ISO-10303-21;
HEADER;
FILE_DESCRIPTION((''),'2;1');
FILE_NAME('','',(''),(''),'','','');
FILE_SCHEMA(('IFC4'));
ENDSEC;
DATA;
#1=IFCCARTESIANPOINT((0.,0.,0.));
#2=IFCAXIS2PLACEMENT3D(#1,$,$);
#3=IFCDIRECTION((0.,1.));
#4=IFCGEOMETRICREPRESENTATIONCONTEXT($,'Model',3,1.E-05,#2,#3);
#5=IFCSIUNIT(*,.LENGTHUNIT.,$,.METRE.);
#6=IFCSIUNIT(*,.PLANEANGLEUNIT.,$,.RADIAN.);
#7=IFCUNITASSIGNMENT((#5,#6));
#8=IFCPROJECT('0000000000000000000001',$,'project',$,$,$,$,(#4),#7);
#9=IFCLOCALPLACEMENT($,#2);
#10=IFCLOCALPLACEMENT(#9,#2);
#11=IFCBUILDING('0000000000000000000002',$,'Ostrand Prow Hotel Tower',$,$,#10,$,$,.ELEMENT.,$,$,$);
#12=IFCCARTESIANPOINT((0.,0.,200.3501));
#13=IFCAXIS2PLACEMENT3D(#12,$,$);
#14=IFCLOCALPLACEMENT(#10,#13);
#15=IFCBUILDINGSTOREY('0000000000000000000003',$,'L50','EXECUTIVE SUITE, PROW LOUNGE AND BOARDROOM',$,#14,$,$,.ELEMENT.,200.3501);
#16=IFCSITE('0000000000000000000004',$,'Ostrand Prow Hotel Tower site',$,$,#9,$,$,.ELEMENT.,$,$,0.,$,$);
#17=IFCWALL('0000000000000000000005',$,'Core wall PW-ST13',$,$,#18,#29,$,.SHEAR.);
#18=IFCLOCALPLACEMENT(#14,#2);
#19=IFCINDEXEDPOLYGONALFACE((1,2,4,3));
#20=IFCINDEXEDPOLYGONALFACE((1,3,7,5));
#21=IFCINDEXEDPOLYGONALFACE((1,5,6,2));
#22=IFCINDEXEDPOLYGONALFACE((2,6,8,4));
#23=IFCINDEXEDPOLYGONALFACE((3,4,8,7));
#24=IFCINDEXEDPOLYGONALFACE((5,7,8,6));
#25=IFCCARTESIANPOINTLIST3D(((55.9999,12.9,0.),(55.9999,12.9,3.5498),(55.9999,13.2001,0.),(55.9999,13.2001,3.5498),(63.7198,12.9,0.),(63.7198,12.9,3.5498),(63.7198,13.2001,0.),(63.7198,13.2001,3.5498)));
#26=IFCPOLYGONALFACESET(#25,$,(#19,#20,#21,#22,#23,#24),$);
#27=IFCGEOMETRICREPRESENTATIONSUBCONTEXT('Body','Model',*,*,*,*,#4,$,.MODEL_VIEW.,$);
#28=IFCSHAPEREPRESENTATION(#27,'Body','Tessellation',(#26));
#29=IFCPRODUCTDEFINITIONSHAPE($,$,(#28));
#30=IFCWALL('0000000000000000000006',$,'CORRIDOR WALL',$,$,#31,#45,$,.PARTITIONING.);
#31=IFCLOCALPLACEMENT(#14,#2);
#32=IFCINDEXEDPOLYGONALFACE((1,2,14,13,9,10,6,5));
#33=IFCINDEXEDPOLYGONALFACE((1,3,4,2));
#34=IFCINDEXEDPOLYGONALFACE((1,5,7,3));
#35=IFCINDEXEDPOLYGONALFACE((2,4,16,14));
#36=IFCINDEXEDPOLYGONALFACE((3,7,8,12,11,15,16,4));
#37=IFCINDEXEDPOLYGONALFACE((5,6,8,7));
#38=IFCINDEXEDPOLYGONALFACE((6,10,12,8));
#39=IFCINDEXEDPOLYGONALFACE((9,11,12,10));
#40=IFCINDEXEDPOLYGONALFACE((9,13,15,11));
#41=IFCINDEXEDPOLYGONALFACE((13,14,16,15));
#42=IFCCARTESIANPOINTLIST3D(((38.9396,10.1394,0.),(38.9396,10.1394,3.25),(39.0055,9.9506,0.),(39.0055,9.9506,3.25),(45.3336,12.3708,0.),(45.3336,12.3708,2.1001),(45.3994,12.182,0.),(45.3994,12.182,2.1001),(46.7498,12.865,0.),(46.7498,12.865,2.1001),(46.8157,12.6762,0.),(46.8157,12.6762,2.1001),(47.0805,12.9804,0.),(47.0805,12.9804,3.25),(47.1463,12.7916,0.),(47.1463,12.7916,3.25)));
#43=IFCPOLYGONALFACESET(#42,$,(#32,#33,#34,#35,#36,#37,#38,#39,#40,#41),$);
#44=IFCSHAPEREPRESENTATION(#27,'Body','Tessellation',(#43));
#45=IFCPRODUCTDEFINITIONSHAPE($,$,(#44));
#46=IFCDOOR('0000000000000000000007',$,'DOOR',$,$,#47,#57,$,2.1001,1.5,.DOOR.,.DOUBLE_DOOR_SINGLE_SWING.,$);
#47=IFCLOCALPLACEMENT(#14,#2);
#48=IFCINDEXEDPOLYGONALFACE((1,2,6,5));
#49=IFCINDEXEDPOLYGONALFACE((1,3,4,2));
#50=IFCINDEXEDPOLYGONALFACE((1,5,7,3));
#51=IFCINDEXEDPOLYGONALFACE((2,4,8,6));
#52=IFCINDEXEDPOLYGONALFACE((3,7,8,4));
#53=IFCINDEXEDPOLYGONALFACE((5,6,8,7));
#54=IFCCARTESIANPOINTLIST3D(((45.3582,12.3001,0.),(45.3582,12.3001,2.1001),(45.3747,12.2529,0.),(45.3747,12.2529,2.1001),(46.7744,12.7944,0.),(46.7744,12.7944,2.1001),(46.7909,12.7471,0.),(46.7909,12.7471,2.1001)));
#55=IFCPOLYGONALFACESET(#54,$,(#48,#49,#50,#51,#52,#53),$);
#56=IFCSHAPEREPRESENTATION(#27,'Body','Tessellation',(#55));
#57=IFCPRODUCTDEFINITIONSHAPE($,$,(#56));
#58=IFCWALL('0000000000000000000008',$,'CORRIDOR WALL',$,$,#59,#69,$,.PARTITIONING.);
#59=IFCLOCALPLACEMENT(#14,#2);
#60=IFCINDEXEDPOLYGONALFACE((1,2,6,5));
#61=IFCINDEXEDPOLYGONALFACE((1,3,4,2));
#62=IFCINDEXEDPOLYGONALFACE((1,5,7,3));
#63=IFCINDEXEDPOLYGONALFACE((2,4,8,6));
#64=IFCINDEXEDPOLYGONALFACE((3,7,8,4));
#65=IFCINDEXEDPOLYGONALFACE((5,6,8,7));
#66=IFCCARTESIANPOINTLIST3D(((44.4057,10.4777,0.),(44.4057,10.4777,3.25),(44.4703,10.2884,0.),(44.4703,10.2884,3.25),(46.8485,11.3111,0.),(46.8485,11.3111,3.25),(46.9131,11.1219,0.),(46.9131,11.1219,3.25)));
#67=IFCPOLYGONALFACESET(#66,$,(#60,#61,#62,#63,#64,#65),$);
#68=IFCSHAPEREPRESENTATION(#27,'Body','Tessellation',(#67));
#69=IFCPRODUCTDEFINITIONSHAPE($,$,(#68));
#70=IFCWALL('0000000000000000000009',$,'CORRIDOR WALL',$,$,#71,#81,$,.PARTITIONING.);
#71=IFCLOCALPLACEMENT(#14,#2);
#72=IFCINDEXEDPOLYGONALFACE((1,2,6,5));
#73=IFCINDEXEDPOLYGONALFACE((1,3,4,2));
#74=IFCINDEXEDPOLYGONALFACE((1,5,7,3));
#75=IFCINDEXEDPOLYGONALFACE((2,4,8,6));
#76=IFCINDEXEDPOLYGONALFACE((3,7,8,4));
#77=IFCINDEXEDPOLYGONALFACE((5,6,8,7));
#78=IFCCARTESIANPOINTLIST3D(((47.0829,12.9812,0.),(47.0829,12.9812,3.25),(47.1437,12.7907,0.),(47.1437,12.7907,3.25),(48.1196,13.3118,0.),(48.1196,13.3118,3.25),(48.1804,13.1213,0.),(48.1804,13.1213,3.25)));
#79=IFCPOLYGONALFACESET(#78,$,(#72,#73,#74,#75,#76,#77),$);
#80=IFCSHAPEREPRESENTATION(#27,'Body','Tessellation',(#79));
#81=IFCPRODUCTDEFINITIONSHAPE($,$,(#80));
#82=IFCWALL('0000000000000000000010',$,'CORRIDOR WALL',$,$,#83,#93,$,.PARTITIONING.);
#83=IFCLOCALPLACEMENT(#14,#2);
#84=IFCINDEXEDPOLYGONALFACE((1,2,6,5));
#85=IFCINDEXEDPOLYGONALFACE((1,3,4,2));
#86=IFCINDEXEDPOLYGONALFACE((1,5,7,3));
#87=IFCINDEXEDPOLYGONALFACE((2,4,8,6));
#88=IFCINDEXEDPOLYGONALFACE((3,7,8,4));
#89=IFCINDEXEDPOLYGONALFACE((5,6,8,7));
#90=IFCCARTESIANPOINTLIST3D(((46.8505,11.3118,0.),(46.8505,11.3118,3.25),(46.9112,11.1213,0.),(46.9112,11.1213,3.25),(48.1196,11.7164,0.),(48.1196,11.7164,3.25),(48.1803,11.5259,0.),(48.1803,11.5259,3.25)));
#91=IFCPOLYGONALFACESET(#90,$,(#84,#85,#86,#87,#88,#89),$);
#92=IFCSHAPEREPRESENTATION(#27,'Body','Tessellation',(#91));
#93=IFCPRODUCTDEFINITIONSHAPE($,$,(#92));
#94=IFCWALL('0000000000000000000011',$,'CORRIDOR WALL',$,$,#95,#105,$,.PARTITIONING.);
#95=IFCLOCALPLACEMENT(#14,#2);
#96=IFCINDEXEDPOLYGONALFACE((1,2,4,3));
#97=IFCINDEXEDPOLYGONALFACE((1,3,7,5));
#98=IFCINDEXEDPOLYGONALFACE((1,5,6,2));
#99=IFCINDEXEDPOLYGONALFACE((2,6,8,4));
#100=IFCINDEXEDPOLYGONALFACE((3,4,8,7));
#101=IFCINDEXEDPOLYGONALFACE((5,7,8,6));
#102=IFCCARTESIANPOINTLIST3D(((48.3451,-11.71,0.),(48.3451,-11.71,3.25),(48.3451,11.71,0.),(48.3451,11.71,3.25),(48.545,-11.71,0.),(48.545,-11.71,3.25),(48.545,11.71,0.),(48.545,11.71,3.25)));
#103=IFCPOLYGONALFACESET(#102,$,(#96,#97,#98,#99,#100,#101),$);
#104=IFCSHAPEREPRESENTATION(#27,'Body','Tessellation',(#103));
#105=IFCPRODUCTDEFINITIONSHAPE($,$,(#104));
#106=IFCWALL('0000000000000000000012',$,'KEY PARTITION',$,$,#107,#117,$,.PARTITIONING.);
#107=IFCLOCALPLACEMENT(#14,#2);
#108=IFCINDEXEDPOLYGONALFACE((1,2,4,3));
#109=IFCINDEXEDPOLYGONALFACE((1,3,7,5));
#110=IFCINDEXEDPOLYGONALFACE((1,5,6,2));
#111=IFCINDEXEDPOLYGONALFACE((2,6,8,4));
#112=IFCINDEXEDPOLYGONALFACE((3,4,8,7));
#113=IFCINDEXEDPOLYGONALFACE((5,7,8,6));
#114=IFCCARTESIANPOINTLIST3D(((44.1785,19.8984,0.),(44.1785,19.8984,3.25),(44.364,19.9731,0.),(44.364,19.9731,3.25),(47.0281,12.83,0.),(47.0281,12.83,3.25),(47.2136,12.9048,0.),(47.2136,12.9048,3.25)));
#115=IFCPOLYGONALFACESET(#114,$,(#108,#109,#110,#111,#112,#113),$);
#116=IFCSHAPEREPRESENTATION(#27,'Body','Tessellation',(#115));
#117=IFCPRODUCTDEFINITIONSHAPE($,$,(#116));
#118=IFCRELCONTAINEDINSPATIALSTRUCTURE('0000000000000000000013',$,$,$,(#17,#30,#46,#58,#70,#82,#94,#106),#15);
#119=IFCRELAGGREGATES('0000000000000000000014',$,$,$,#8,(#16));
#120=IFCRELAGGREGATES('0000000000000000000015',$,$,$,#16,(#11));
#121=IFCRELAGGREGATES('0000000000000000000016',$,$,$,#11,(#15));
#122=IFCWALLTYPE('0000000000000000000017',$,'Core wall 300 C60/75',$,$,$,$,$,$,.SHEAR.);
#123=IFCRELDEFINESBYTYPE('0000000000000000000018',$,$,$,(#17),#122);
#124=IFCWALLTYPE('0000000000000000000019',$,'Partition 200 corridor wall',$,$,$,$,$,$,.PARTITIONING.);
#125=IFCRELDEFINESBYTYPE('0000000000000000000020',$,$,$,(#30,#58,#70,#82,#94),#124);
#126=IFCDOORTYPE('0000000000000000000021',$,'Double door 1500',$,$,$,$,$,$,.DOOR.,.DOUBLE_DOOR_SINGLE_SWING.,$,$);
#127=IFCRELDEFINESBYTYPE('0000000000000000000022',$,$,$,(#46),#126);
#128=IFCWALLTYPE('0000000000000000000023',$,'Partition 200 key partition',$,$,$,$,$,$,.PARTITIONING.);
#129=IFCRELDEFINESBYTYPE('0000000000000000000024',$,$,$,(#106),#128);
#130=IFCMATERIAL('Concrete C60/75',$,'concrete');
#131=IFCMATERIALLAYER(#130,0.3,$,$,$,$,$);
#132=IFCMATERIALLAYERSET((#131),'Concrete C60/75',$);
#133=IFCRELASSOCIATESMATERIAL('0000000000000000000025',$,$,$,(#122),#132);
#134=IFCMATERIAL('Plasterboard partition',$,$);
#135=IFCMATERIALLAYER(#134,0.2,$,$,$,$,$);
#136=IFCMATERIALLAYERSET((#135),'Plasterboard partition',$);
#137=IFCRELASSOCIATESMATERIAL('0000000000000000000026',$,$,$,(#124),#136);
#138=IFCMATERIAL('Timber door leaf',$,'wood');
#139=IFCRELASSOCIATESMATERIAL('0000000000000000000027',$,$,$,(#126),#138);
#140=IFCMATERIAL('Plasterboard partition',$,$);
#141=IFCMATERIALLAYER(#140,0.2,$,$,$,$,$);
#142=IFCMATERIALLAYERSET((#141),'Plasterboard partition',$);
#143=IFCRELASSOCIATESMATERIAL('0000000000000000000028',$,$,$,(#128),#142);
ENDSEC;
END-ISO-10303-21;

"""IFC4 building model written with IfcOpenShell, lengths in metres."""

from ifc_helpers import new_model, si_unit, direction, frame, frame_2d, origin, place, context, subcontext, project, spatial, rectangle, extrude, material, layer, layer_set, type_object, element, fill, save


model = new_model("IFC4")

# Units and contexts
model_context = context("Model", 3, precision=1e-05, world=origin(), true_north=direction((0.0, 1.0)))
body_context = subcontext(model_context, "Body", "Model", "MODEL_VIEW")
ifc_project = project(units=[si_unit("LENGTHUNIT", "METRE"), si_unit("PLANEANGLEUNIT", "RADIAN")], contexts=[model_context])

# Site, building, storey
site_placement = place(None, origin())
site = spatial("IfcSite", under=ifc_project, at=site_placement, Name="Ostrand Prow Hotel Tower site", CompositionType="ELEMENT", RefElevation=0.0)
building_placement = place(site_placement, origin())
building = spatial("IfcBuilding", under=site, at=building_placement, Name="Ostrand Prow Hotel Tower", CompositionType="ELEMENT")
storey_placement = place(building_placement, frame((0.0, 0.0, 200.3501)))
storey = spatial("IfcBuildingStorey", under=building, at=storey_placement, Name="L50", Description="EXECUTIVE SUITE, PROW LOUNGE AND BOARDROOM", CompositionType="ELEMENT", Elevation=200.3501)

# Wall
ifc_material_1 = material(Name="Concrete C60/75", Category="concrete")
ifc_layer_1 = layer(ifc_material_1, 0.3)
ifc_layer_set_1 = layer_set([ifc_layer_1], Name="Concrete C60/75")
wall_type_1 = type_object("IfcWallType", Name="Core wall 300 C60/75", PredefinedType="SHEAR", material=ifc_layer_set_1)
wall_1_placement = place(storey_placement, frame((56.0, 13.05, 0.0), z_axis=(0.0, 0.0, 1.0), x_axis=(1.0, 0.0, 0.0)))
element("IfcWall", 1, at=wall_1_placement, inside=storey, type_object=wall_type_1, Name="Core wall PW-ST13", PredefinedType="SHEAR", context=body_context, shape_type="SweptSolid", body=[
    extrude(rectangle(XDim=7.72, YDim=0.3, at=frame_2d((3.8599, 0.0))), origin(), (0.0, 0.0, 1.0), 3.5498),
])

# Wall, opening, door
ifc_material_2 = material(Name="Plasterboard partition")
ifc_layer_2 = layer(ifc_material_2, 0.2)
ifc_layer_set_2 = layer_set([ifc_layer_2], Name="Plasterboard partition")
wall_type_2 = type_object("IfcWallType", Name="Partition 200 corridor wall", PredefinedType="PARTITIONING", material=ifc_layer_set_2)
wall_2_placement = place(storey_placement, frame((47.1133, 12.886, 0.0), z_axis=(0.0, 0.0, 1.0), x_axis=(-0.944156, -0.329499, 0.0)))
wall_2 = element("IfcWall", 2, at=wall_2_placement, inside=storey, type_object=wall_type_2, Name="CORRIDOR WALL", PredefinedType="PARTITIONING", context=body_context, shape_type="SweptSolid", body=[
    extrude(rectangle(XDim=8.6223, YDim=0.2, at=frame_2d((4.311, 0.0))), origin(), (0.0, 0.0, 1.0), 3.25),
])
opening_placement = place(wall_2_placement, frame((0.3501, 0.0, 0.0)))
opening = element("IfcOpeningElement", 3, at=opening_placement, cuts=wall_2, PredefinedType="OPENING", context=body_context, shape_type="SweptSolid", body=[
    extrude(rectangle(XDim=1.5, YDim=2.1001, at=frame_2d((0.75, 1.05))), frame((0.0, 0.1099, 0.0), z_axis=(0.0, -1.0, 0.0), x_axis=(1.0, 0.0, 0.0)), (0.0, 0.0, 1.0), 0.22),
])
ifc_material_3 = material(Name="Timber door leaf", Category="wood")
door_type = type_object("IfcDoorType", Name="Double door 1500", OperationType="DOUBLE_DOOR_SINGLE_SWING", PredefinedType="DOOR", material=ifc_material_3)
door_placement = place(opening_placement, origin())
door = element("IfcDoor", 4, at=door_placement, inside=storey, type_object=door_type, Name="DOOR", OperationType="DOUBLE_DOOR_SINGLE_SWING", OverallHeight=2.1001, OverallWidth=1.5, PredefinedType="DOOR", context=body_context, shape_type="SweptSolid", body=[
    extrude(rectangle(XDim=1.5, YDim=2.1001, at=frame_2d((0.75, 1.05))), frame((0.0, 0.0249, 0.0), z_axis=(0.0, -1.0, 0.0), x_axis=(1.0, 0.0, 0.0)), (0.0, 0.0, 1.0), 0.05),
])
fill(opening, door)

# Walls
wall_3_placement = place(storey_placement, frame((44.438, 10.3831, 0.0), z_axis=(0.0, 0.0, 1.0), x_axis=(0.946427, 0.322917, 0.0)))
element("IfcWall", 5, at=wall_3_placement, inside=storey, type_object=wall_type_2, Name="CORRIDOR WALL", PredefinedType="PARTITIONING", context=body_context, shape_type="SweptSolid", body=[
    extrude(rectangle(XDim=2.5811, YDim=0.2, at=frame_2d((1.2905, 0.0))), origin(), (0.0, 0.0, 1.0), 3.25),
])
wall_4_placement = place(storey_placement, frame((48.1499, 13.2166, 0.0), z_axis=(0.0, 0.0, 1.0), x_axis=(-0.952731, -0.303815, 0.0)))
element("IfcWall", 6, at=wall_4_placement, inside=storey, type_object=wall_type_2, Name="CORRIDOR WALL", PredefinedType="PARTITIONING", context=body_context, shape_type="SweptSolid", body=[
    extrude(rectangle(XDim=1.0881, YDim=0.2, at=frame_2d((0.5439, 0.0))), origin(), (0.0, 0.0, 1.0), 3.25),
])
wall_5_placement = place(storey_placement, frame((46.8809, 11.2166, 0.0), z_axis=(0.0, 0.0, 1.0), x_axis=(0.952762, 0.303718, 0.0)))
element("IfcWall", 7, at=wall_5_placement, inside=storey, type_object=wall_type_2, Name="CORRIDOR WALL", PredefinedType="PARTITIONING", context=body_context, shape_type="SweptSolid", body=[
    extrude(rectangle(XDim=1.332, YDim=0.2, at=frame_2d((0.666, 0.0))), origin(), (0.0, 0.0, 1.0), 3.25),
])
wall_6_placement = place(storey_placement, frame((48.4451, 11.71, 0.0), z_axis=(0.0, 0.0, 1.0), x_axis=(0.0, -1.0, 0.0)))
element("IfcWall", 8, at=wall_6_placement, inside=storey, type_object=wall_type_2, Name="CORRIDOR WALL", PredefinedType="PARTITIONING", context=body_context, shape_type="SweptSolid", body=[
    extrude(rectangle(XDim=23.4199, YDim=0.2, at=frame_2d((11.71, 0.0))), origin(), (0.0, 0.0, 1.0), 3.25),
])
ifc_material_4 = material(Name="Plasterboard partition")
ifc_layer_3 = layer(ifc_material_4, 0.2)
ifc_layer_set_3 = layer_set([ifc_layer_3], Name="Plasterboard partition")
wall_type_3 = type_object("IfcWallType", Name="Partition 200 key partition", PredefinedType="PARTITIONING", material=ifc_layer_set_3)
wall_7_placement = place(storey_placement, frame((47.1208, 12.8674, 0.0), z_axis=(0.0, 0.0, 1.0), x_axis=(-0.373908, 0.927466, 0.0)))
element("IfcWall", 9, at=wall_7_placement, inside=storey, type_object=wall_type_3, Name="KEY PARTITION", PredefinedType="PARTITIONING", context=body_context, shape_type="SweptSolid", body=[
    extrude(rectangle(XDim=7.6211, YDim=0.2, at=frame_2d((3.8105, 0.0))), origin(), (0.0, 0.0, 1.0), 3.25),
])

save(model, "model.ifc")
